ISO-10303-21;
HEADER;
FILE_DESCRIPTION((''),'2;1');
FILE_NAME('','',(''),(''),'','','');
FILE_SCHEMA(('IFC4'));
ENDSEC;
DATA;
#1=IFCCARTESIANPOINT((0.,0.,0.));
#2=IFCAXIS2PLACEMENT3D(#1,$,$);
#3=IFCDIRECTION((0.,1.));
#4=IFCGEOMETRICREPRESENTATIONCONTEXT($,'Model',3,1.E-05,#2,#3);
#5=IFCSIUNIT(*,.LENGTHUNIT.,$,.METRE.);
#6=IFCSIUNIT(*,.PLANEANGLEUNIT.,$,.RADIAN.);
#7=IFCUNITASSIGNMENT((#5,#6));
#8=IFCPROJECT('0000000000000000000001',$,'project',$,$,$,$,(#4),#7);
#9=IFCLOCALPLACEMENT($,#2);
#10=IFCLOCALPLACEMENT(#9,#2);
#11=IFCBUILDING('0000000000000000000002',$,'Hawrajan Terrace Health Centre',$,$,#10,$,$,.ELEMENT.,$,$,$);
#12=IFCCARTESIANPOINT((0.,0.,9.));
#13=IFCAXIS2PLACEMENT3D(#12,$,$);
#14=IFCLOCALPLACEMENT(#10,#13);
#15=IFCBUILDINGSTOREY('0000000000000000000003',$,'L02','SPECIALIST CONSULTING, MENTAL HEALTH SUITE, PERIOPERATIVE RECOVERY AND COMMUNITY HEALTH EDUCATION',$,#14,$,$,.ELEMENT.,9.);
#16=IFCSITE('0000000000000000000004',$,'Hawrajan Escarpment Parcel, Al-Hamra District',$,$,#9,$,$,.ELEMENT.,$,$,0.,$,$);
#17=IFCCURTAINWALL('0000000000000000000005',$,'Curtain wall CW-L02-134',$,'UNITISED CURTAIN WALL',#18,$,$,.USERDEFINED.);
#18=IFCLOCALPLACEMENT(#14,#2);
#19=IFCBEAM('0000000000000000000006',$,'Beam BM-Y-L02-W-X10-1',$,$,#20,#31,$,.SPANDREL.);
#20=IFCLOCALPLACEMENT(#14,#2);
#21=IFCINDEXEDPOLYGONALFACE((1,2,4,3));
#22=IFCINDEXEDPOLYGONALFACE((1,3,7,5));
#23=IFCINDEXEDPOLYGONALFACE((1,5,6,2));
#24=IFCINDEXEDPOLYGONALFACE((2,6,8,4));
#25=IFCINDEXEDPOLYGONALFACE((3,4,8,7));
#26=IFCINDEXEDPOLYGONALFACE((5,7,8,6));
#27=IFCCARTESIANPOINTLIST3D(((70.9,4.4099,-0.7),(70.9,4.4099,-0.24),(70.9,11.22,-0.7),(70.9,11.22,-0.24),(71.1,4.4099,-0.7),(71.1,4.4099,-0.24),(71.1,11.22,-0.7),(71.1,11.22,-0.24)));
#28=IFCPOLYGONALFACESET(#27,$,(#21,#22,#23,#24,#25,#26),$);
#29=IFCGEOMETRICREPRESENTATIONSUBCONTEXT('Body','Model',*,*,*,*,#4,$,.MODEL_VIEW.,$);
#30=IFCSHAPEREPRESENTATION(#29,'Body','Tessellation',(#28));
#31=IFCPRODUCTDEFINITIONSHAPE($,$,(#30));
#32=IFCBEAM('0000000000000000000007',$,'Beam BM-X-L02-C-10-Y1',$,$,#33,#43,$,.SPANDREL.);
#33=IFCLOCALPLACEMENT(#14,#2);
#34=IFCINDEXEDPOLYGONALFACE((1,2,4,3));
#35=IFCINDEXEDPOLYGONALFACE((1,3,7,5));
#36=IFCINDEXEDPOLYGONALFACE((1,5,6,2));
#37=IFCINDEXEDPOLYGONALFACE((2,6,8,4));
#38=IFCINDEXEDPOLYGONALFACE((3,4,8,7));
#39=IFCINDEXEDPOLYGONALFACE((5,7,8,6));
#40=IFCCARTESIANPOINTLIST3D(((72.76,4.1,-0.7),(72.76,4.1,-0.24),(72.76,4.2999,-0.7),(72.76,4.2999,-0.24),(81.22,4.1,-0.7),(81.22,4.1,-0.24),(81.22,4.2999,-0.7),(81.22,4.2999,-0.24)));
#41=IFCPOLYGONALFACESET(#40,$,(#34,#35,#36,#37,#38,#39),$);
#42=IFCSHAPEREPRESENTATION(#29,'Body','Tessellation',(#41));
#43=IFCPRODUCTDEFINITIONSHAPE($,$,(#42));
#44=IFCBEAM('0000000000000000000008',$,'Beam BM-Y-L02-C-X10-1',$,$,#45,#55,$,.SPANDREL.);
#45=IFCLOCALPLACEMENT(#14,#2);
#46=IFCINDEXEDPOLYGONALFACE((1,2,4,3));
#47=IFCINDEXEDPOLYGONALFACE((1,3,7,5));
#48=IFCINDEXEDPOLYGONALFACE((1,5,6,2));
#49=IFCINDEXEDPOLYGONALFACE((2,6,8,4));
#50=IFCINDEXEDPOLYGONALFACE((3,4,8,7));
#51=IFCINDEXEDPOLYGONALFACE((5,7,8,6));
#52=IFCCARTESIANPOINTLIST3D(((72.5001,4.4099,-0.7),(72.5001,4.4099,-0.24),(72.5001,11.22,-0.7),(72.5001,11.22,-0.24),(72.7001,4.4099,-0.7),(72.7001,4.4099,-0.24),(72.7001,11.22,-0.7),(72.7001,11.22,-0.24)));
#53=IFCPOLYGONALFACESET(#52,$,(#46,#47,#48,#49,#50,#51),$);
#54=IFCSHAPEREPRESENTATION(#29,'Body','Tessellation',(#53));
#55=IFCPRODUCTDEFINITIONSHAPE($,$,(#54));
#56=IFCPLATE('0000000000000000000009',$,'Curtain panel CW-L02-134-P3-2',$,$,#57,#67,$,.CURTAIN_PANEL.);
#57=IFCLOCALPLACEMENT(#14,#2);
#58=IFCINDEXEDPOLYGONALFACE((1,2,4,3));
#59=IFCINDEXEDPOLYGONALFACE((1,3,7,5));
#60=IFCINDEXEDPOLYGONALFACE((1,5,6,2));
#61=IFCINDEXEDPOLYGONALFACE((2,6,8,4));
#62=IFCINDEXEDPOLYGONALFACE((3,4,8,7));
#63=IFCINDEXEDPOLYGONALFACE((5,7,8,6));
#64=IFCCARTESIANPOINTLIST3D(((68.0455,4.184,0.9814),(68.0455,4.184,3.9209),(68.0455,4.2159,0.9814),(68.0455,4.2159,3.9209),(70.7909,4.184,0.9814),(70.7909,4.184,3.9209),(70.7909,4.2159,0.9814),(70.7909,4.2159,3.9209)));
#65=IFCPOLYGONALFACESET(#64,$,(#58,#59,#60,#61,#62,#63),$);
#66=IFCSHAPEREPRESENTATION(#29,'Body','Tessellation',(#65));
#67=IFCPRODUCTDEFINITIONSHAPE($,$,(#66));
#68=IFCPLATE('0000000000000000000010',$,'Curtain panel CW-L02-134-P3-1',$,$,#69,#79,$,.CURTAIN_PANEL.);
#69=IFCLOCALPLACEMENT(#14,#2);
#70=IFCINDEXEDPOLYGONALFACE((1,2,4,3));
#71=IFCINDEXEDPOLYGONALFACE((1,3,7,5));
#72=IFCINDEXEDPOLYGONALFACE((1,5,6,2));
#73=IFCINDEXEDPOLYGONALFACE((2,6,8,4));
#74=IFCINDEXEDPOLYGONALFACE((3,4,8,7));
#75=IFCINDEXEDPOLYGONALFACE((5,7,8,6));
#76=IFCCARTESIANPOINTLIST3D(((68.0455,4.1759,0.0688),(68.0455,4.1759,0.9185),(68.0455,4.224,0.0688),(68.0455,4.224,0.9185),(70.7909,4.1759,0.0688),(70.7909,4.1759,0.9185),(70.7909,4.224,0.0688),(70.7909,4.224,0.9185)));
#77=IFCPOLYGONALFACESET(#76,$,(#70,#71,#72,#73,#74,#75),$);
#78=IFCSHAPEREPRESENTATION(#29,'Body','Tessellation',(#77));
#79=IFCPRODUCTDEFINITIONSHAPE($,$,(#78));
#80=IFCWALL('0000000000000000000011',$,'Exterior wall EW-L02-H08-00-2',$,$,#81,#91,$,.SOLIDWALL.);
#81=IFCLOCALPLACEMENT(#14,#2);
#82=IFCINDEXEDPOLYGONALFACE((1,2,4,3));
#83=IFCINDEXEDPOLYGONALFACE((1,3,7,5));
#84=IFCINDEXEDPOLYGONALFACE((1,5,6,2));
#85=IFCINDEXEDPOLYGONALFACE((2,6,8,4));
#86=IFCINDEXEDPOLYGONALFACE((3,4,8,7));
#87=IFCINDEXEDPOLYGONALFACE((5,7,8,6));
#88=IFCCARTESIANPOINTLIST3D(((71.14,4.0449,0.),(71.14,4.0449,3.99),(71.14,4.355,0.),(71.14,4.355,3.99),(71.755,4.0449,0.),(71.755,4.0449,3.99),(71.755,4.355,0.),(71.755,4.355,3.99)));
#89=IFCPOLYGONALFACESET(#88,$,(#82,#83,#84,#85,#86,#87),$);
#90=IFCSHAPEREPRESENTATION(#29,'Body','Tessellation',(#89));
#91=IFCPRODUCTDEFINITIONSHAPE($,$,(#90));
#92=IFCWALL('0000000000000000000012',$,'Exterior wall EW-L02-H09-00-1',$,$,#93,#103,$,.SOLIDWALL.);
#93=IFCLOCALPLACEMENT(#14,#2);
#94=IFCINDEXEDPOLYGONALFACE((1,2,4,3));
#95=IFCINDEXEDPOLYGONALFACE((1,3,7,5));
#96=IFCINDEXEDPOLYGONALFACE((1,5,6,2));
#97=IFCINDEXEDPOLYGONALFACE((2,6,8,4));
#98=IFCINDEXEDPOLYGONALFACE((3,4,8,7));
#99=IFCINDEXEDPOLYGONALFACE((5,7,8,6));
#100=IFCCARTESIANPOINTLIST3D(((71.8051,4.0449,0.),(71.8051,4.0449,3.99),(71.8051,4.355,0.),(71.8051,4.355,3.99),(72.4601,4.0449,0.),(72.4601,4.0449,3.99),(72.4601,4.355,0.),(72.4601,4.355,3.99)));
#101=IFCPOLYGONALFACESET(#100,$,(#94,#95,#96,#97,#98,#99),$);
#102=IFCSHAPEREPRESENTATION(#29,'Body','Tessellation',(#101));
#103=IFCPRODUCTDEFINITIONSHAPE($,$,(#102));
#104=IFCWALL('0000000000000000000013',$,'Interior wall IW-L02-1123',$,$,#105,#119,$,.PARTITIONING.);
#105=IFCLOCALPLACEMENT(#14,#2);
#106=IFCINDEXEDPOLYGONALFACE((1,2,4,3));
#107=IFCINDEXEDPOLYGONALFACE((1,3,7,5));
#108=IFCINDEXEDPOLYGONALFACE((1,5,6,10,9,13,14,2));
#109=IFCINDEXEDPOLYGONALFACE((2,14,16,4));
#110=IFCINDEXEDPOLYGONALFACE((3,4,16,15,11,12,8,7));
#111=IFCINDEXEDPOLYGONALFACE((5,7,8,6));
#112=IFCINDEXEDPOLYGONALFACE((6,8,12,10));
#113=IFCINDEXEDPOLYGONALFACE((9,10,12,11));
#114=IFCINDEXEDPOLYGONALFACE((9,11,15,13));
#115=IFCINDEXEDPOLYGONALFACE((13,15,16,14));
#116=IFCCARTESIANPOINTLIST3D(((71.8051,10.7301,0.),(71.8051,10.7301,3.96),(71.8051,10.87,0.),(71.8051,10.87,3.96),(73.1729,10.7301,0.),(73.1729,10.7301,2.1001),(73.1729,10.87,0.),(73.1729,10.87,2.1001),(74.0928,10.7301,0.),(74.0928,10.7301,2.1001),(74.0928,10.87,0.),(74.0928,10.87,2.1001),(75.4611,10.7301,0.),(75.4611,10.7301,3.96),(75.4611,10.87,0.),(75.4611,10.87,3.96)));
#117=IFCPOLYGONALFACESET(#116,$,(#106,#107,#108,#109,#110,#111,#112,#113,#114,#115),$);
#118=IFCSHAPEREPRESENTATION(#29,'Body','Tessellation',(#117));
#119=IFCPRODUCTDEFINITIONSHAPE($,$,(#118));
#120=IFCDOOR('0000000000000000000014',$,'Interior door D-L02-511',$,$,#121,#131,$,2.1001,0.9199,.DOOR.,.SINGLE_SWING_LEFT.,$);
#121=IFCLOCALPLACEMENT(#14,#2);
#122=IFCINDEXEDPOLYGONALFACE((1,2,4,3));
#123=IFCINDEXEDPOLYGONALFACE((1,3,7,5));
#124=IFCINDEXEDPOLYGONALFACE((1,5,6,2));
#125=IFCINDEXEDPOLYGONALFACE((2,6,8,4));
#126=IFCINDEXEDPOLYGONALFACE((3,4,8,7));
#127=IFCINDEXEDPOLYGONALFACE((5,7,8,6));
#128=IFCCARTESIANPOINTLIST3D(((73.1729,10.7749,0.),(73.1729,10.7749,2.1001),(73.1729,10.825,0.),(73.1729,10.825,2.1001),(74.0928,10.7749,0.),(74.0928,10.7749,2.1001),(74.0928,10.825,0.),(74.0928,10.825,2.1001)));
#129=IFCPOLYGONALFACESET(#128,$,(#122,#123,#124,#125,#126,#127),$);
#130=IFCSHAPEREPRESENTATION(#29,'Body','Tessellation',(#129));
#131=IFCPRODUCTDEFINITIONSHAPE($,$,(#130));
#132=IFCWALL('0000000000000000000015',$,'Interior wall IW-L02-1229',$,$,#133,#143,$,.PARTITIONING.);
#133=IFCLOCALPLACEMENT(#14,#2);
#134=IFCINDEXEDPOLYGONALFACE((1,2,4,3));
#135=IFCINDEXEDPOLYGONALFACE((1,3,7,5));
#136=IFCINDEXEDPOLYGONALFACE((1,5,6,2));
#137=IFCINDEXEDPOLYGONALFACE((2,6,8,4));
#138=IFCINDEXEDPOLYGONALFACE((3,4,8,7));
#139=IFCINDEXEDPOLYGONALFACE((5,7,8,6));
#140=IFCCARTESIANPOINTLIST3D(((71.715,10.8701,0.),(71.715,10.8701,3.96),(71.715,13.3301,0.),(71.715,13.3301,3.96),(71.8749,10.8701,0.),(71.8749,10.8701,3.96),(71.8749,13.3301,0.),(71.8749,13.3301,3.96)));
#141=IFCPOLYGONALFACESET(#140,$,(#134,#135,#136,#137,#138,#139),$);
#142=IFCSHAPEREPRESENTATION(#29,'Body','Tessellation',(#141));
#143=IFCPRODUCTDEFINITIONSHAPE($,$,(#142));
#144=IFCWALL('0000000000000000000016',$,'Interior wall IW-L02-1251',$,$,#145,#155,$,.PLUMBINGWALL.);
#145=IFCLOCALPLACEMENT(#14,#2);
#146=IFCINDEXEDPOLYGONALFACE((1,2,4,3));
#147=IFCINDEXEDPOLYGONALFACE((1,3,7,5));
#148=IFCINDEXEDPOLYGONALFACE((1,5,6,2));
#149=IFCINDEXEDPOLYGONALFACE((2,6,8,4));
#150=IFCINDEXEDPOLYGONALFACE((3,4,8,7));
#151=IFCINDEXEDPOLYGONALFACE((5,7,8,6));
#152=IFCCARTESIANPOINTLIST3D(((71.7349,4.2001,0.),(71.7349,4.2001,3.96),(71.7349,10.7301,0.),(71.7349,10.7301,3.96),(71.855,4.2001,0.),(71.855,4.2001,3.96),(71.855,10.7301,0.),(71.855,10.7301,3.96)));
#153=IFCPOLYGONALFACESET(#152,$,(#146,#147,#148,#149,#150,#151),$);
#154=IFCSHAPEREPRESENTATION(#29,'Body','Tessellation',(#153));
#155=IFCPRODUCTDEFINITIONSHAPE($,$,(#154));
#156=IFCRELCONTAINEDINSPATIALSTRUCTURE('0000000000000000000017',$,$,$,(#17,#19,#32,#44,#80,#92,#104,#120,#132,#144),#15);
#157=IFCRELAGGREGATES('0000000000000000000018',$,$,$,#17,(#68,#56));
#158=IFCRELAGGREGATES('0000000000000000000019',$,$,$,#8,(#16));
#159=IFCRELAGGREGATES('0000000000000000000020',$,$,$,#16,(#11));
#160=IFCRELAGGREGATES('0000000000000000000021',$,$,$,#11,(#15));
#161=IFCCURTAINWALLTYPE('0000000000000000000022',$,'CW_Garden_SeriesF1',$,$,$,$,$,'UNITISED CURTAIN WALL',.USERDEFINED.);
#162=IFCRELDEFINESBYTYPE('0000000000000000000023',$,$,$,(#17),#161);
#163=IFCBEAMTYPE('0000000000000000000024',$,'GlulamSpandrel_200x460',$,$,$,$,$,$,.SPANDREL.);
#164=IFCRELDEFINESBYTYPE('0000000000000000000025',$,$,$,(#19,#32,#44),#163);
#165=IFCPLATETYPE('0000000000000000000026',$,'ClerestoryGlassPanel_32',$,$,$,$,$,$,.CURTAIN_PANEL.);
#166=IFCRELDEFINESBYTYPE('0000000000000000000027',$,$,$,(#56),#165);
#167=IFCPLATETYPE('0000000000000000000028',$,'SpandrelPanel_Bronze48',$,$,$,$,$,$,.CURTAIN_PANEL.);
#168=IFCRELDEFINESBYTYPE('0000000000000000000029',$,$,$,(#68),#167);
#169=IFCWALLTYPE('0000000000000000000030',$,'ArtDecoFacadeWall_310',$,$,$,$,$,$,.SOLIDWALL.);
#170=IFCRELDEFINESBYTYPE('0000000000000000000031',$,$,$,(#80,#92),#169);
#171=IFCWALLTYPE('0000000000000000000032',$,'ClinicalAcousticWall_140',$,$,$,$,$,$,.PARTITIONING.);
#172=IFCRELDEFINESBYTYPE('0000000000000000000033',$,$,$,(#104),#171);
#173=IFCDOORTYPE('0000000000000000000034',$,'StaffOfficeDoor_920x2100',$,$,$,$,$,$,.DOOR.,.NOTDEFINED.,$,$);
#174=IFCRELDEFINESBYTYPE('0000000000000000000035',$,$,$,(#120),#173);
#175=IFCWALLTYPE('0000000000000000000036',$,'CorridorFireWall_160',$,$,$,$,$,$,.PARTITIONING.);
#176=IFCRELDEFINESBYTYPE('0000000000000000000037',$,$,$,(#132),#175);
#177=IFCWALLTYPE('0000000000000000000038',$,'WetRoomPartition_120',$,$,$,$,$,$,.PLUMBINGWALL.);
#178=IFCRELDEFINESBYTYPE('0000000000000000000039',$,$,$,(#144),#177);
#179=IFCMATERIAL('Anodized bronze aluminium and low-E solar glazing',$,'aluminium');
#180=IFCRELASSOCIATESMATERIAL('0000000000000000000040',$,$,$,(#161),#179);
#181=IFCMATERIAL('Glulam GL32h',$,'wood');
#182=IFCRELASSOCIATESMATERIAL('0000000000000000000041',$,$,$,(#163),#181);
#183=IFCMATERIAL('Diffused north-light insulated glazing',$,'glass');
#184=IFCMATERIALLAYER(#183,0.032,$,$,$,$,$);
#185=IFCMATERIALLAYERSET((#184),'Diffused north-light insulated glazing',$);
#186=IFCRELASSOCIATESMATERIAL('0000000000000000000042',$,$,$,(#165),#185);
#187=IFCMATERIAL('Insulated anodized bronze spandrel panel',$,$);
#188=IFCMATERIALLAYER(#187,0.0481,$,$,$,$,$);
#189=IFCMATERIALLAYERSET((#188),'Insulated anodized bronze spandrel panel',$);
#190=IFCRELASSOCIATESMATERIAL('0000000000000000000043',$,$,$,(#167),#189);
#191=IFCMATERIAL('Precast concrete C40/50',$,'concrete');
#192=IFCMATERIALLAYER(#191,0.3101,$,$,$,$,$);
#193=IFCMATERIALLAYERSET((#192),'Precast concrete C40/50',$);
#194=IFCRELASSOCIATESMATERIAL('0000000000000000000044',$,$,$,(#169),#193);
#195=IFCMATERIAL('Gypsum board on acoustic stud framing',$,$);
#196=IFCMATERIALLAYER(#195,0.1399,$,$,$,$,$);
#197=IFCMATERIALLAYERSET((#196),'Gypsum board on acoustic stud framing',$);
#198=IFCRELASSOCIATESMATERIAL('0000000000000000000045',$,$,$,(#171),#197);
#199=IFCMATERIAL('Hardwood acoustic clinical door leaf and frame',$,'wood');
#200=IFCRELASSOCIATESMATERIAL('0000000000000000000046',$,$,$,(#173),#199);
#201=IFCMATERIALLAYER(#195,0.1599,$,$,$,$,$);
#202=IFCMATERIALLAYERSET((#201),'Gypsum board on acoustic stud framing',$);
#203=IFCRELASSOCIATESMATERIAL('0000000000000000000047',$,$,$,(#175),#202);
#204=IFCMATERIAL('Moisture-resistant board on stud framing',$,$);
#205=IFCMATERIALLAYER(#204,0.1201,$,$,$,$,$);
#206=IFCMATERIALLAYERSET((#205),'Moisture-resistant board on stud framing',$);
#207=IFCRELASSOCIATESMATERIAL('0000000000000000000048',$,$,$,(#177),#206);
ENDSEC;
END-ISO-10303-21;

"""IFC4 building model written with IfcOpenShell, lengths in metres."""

from ifc_helpers import new_model, si_unit, direction, frame, frame_2d, origin, origin_2d, place, context, subcontext, project, spatial, rectangle, extrude, material, layer, layer_set, material_profile, profile_set, type_object, element, fill, aggregate, save


model = new_model("IFC4")

# Units and contexts
model_context = context("Model", 3, precision=1e-05, world=origin(), true_north=direction((0.0, 1.0)))
body_context = subcontext(model_context, "Body", "Model", "MODEL_VIEW")
ifc_project = project(units=[si_unit("LENGTHUNIT", "METRE"), si_unit("PLANEANGLEUNIT", "RADIAN")], contexts=[model_context])

# Site, building, storey
site_placement = place(None, origin())
site = spatial("IfcSite", under=ifc_project, at=site_placement, Name="Hawrajan Escarpment Parcel, Al-Hamra District", CompositionType="ELEMENT", RefElevation=0.0)
building_placement = place(site_placement, origin())
building = spatial("IfcBuilding", under=site, at=building_placement, Name="Hawrajan Terrace Health Centre", CompositionType="ELEMENT")
storey_placement = place(building_placement, frame((0.0, 0.0, 9.0)))
storey = spatial("IfcBuildingStorey", under=building, at=storey_placement, Name="L02", Description="SPECIALIST CONSULTING, MENTAL HEALTH SUITE, PERIOPERATIVE RECOVERY AND COMMUNITY HEALTH EDUCATION", CompositionType="ELEMENT", Elevation=9.0)

# Shared definitions
ifc_material_1 = material(Name="Glulam GL32h", Category="wood")

# Shared definitions
ifc_material_2 = material(Name="Anodized bronze aluminium and low-E solar glazing", Category="aluminium")

# Curtain wall
curtain_wall_type_1 = type_object("IfcCurtainWallType", Name="CW_Garden_SeriesF1", ElementType="UNITISED CURTAIN WALL", PredefinedType="USERDEFINED", material=ifc_material_2)
curtain_wall_1_placement = place(storey_placement, origin())
curtain_wall_1 = element("IfcCurtainWall", 1, at=curtain_wall_1_placement, inside=storey, type_object=curtain_wall_type_1, Name="Curtain wall CW-L02-134", ObjectType="UNITISED CURTAIN WALL", PredefinedType="USERDEFINED")

# Beams
ifc_material_profile_1 = material_profile(ifc_material_1, rectangle(XDim=0.2, YDim=0.46, at=origin_2d()), Name="GL SP 200x460")
ifc_profile_set_1 = profile_set([ifc_material_profile_1], Name="Glulam GL32h")
beam_type_1 = type_object("IfcBeamType", Name="GlulamSpandrel_200x460", PredefinedType="SPANDREL", material=ifc_profile_set_1)
beam_1_placement = place(storey_placement, frame((71.0, 4.4099, -0.47), z_axis=(0.0, 1.0, 0.0), x_axis=(-1.0, 0.0, 0.0)))
element("IfcBeam", 2, at=beam_1_placement, inside=storey, type_object=beam_type_1, Name="Beam BM-Y-L02-W-X10-1", PredefinedType="SPANDREL", context=body_context, shape_type="SweptSolid", body=[
    extrude(rectangle(XDim=0.2, YDim=0.46, at=origin_2d()), origin(), (0.0, 0.0, 1.0), 6.8101),
])
beam_2_placement = place(storey_placement, frame((72.76, 4.2, -0.47), z_axis=(1.0, 0.0, 0.0), x_axis=(0.0, 1.0, 0.0)))
element("IfcBeam", 3, at=beam_2_placement, inside=storey, type_object=beam_type_1, Name="Beam BM-X-L02-C-10-Y1", PredefinedType="SPANDREL", context=body_context, shape_type="SweptSolid", body=[
    extrude(rectangle(XDim=0.2, YDim=0.46, at=origin_2d()), origin(), (0.0, 0.0, 1.0), 8.46),
])
beam_3_placement = place(storey_placement, frame((72.6001, 4.4099, -0.47), z_axis=(0.0, 1.0, 0.0), x_axis=(-1.0, 0.0, 0.0)))
element("IfcBeam", 4, at=beam_3_placement, inside=storey, type_object=beam_type_1, Name="Beam BM-Y-L02-C-X10-1", PredefinedType="SPANDREL", context=body_context, shape_type="SweptSolid", body=[
    extrude(rectangle(XDim=0.2, YDim=0.46, at=origin_2d()), origin(), (0.0, 0.0, 1.0), 6.8101),
])

# Plates
ifc_material_3 = material(Name="Diffused north-light insulated glazing", Category="glass")
ifc_layer_1 = layer(ifc_material_3, 0.032)
ifc_layer_set_1 = layer_set([ifc_layer_1], Name="Diffused north-light insulated glazing")
plate_type_1 = type_object("IfcPlateType", Name="ClerestoryGlassPanel_32", PredefinedType="CURTAIN_PANEL", material=ifc_layer_set_1)
plate_1_placement = place(storey_placement, frame((69.4182, 4.2, 0.9814), z_axis=(0.0, 0.0, 1.0), x_axis=(1.0, 0.0, 0.0)))
plate_1 = element("IfcPlate", 5, at=plate_1_placement, type_object=plate_type_1, Name="Curtain panel CW-L02-134-P3-2", PredefinedType="CURTAIN_PANEL", context=body_context, shape_type="SweptSolid", body=[
    extrude(rectangle(XDim=2.7454, YDim=0.032, at=origin_2d()), origin(), (0.0, 0.0, 1.0), 2.9395),
])
ifc_material_4 = material(Name="Insulated anodized bronze spandrel panel")
ifc_layer_2 = layer(ifc_material_4, 0.0481)
ifc_layer_set_2 = layer_set([ifc_layer_2], Name="Insulated anodized bronze spandrel panel")
plate_type_2 = type_object("IfcPlateType", Name="SpandrelPanel_Bronze48", PredefinedType="CURTAIN_PANEL", material=ifc_layer_set_2)
plate_2_placement = place(storey_placement, frame((69.4182, 4.2, 0.0688), z_axis=(0.0, 0.0, 1.0), x_axis=(1.0, 0.0, 0.0)))
plate_2 = element("IfcPlate", 6, at=plate_2_placement, type_object=plate_type_2, Name="Curtain panel CW-L02-134-P3-1", PredefinedType="CURTAIN_PANEL", context=body_context, shape_type="SweptSolid", body=[
    extrude(rectangle(XDim=2.7454, YDim=0.0481, at=origin_2d()), origin(), (0.0, 0.0, 1.0), 0.8496),
])
aggregate(curtain_wall_1, [plate_2, plate_1])

# Walls
ifc_material_5 = material(Name="Precast concrete C40/50", Category="concrete")
ifc_layer_3 = layer(ifc_material_5, 0.3101)
ifc_layer_set_3 = layer_set([ifc_layer_3], Name="Precast concrete C40/50")
wall_type_1 = type_object("IfcWallType", Name="ArtDecoFacadeWall_310", PredefinedType="SOLIDWALL", material=ifc_layer_set_3)
wall_1_placement = place(storey_placement, frame((71.1399, 4.2, 0.0), z_axis=(0.0, 0.0, 1.0), x_axis=(1.0, 0.0, 0.0)))
element("IfcWall", 7, at=wall_1_placement, inside=storey, type_object=wall_type_1, Name="Exterior wall EW-L02-H08-00-2", PredefinedType="SOLIDWALL", context=body_context, shape_type="SweptSolid", body=[
    extrude(rectangle(XDim=0.615, YDim=0.3101, at=frame_2d((0.3076, 0.0))), origin(), (0.0, 0.0, 1.0), 3.99),
])
wall_2_placement = place(storey_placement, frame((71.8049, 4.2, 0.0), z_axis=(0.0, 0.0, 1.0), x_axis=(1.0, 0.0, 0.0)))
element("IfcWall", 8, at=wall_2_placement, inside=storey, type_object=wall_type_1, Name="Exterior wall EW-L02-H09-00-1", PredefinedType="SOLIDWALL", context=body_context, shape_type="SweptSolid", body=[
    extrude(rectangle(XDim=0.655, YDim=0.3101, at=frame_2d((0.3276, 0.0))), origin(), (0.0, 0.0, 1.0), 3.99),
])

# Wall, opening, door
ifc_material_6 = material(Name="Gypsum board on acoustic stud framing")
ifc_layer_4 = layer(ifc_material_6, 0.1399)
ifc_layer_set_4 = layer_set([ifc_layer_4], Name="Gypsum board on acoustic stud framing")
wall_type_2 = type_object("IfcWallType", Name="ClinicalAcousticWall_140", PredefinedType="PARTITIONING", material=ifc_layer_set_4)
wall_3_placement = place(storey_placement, frame((71.8049, 10.8, 0.0), z_axis=(0.0, 0.0, 1.0), x_axis=(1.0, 0.0, 0.0)))
wall_3 = element("IfcWall", 9, at=wall_3_placement, inside=storey, type_object=wall_type_2, Name="Interior wall IW-L02-1123", PredefinedType="PARTITIONING", context=body_context, shape_type="SweptSolid", body=[
    extrude(rectangle(XDim=3.656, YDim=0.1399, at=frame_2d((1.8281, 0.0))), origin(), (0.0, 0.0, 1.0), 3.96),
])
opening_placement = place(wall_3_placement, frame((1.3679, 0.0, 0.0)))
opening = element("IfcOpeningElement", 10, at=opening_placement, cuts=wall_3, PredefinedType="OPENING", context=body_context, shape_type="SweptSolid", body=[
    extrude(rectangle(XDim=0.9199, YDim=2.1001, at=frame_2d((0.46, 1.05))), frame((0.0, 0.0798, 0.0), z_axis=(0.0, -1.0, 0.0), x_axis=(1.0, 0.0, 0.0)), (0.0, 0.0, 1.0), 0.1599),
])
ifc_material_7 = material(Name="Hardwood acoustic clinical door leaf and frame", Category="wood")
door_type = type_object("IfcDoorType", Name="StaffOfficeDoor_920x2100", OperationType="NOTDEFINED", PredefinedType="DOOR", material=ifc_material_7)
door_placement = place(opening_placement, origin())
door = element("IfcDoor", 11, at=door_placement, inside=storey, type_object=door_type, Name="Interior door D-L02-511", OperationType="SINGLE_SWING_LEFT", OverallHeight=2.1001, OverallWidth=0.9199, PredefinedType="DOOR", context=body_context, shape_type="SweptSolid", body=[
    extrude(rectangle(XDim=0.9199, YDim=2.1001, at=frame_2d((0.46, 1.05))), frame((0.0, 0.0249, 0.0), z_axis=(0.0, -1.0, 0.0), x_axis=(1.0, 0.0, 0.0)), (0.0, 0.0, 1.0), 0.05),
])
fill(opening, door)

# Walls
ifc_layer_5 = layer(ifc_material_6, 0.1599)
ifc_layer_set_5 = layer_set([ifc_layer_5], Name="Gypsum board on acoustic stud framing")
wall_type_3 = type_object("IfcWallType", Name="CorridorFireWall_160", PredefinedType="PARTITIONING", material=ifc_layer_set_5)
wall_4_placement = place(storey_placement, frame((71.7949, 10.8701, 0.0), z_axis=(0.0, 0.0, 1.0), x_axis=(0.0, 1.0, 0.0)))
element("IfcWall", 12, at=wall_4_placement, inside=storey, type_object=wall_type_3, Name="Interior wall IW-L02-1229", PredefinedType="PARTITIONING", context=body_context, shape_type="SweptSolid", body=[
    extrude(rectangle(XDim=2.46, YDim=0.1599, at=frame_2d((1.23, 0.0))), origin(), (0.0, 0.0, 1.0), 3.96),
])
ifc_material_8 = material(Name="Moisture-resistant board on stud framing")
ifc_layer_6 = layer(ifc_material_8, 0.1201)
ifc_layer_set_6 = layer_set([ifc_layer_6], Name="Moisture-resistant board on stud framing")
wall_type_4 = type_object("IfcWallType", Name="WetRoomPartition_120", PredefinedType="PLUMBINGWALL", material=ifc_layer_set_6)
wall_5_placement = place(storey_placement, frame((71.7949, 4.2, 0.0), z_axis=(0.0, 0.0, 1.0), x_axis=(0.0, 1.0, 0.0)))
element("IfcWall", 13, at=wall_5_placement, inside=storey, type_object=wall_type_4, Name="Interior wall IW-L02-1251", PredefinedType="PLUMBINGWALL", context=body_context, shape_type="SweptSolid", body=[
    extrude(rectangle(XDim=6.53, YDim=0.1201, at=frame_2d((3.2651, 0.0))), origin(), (0.0, 0.0, 1.0), 3.96),
])

save(model, "model.ifc")
